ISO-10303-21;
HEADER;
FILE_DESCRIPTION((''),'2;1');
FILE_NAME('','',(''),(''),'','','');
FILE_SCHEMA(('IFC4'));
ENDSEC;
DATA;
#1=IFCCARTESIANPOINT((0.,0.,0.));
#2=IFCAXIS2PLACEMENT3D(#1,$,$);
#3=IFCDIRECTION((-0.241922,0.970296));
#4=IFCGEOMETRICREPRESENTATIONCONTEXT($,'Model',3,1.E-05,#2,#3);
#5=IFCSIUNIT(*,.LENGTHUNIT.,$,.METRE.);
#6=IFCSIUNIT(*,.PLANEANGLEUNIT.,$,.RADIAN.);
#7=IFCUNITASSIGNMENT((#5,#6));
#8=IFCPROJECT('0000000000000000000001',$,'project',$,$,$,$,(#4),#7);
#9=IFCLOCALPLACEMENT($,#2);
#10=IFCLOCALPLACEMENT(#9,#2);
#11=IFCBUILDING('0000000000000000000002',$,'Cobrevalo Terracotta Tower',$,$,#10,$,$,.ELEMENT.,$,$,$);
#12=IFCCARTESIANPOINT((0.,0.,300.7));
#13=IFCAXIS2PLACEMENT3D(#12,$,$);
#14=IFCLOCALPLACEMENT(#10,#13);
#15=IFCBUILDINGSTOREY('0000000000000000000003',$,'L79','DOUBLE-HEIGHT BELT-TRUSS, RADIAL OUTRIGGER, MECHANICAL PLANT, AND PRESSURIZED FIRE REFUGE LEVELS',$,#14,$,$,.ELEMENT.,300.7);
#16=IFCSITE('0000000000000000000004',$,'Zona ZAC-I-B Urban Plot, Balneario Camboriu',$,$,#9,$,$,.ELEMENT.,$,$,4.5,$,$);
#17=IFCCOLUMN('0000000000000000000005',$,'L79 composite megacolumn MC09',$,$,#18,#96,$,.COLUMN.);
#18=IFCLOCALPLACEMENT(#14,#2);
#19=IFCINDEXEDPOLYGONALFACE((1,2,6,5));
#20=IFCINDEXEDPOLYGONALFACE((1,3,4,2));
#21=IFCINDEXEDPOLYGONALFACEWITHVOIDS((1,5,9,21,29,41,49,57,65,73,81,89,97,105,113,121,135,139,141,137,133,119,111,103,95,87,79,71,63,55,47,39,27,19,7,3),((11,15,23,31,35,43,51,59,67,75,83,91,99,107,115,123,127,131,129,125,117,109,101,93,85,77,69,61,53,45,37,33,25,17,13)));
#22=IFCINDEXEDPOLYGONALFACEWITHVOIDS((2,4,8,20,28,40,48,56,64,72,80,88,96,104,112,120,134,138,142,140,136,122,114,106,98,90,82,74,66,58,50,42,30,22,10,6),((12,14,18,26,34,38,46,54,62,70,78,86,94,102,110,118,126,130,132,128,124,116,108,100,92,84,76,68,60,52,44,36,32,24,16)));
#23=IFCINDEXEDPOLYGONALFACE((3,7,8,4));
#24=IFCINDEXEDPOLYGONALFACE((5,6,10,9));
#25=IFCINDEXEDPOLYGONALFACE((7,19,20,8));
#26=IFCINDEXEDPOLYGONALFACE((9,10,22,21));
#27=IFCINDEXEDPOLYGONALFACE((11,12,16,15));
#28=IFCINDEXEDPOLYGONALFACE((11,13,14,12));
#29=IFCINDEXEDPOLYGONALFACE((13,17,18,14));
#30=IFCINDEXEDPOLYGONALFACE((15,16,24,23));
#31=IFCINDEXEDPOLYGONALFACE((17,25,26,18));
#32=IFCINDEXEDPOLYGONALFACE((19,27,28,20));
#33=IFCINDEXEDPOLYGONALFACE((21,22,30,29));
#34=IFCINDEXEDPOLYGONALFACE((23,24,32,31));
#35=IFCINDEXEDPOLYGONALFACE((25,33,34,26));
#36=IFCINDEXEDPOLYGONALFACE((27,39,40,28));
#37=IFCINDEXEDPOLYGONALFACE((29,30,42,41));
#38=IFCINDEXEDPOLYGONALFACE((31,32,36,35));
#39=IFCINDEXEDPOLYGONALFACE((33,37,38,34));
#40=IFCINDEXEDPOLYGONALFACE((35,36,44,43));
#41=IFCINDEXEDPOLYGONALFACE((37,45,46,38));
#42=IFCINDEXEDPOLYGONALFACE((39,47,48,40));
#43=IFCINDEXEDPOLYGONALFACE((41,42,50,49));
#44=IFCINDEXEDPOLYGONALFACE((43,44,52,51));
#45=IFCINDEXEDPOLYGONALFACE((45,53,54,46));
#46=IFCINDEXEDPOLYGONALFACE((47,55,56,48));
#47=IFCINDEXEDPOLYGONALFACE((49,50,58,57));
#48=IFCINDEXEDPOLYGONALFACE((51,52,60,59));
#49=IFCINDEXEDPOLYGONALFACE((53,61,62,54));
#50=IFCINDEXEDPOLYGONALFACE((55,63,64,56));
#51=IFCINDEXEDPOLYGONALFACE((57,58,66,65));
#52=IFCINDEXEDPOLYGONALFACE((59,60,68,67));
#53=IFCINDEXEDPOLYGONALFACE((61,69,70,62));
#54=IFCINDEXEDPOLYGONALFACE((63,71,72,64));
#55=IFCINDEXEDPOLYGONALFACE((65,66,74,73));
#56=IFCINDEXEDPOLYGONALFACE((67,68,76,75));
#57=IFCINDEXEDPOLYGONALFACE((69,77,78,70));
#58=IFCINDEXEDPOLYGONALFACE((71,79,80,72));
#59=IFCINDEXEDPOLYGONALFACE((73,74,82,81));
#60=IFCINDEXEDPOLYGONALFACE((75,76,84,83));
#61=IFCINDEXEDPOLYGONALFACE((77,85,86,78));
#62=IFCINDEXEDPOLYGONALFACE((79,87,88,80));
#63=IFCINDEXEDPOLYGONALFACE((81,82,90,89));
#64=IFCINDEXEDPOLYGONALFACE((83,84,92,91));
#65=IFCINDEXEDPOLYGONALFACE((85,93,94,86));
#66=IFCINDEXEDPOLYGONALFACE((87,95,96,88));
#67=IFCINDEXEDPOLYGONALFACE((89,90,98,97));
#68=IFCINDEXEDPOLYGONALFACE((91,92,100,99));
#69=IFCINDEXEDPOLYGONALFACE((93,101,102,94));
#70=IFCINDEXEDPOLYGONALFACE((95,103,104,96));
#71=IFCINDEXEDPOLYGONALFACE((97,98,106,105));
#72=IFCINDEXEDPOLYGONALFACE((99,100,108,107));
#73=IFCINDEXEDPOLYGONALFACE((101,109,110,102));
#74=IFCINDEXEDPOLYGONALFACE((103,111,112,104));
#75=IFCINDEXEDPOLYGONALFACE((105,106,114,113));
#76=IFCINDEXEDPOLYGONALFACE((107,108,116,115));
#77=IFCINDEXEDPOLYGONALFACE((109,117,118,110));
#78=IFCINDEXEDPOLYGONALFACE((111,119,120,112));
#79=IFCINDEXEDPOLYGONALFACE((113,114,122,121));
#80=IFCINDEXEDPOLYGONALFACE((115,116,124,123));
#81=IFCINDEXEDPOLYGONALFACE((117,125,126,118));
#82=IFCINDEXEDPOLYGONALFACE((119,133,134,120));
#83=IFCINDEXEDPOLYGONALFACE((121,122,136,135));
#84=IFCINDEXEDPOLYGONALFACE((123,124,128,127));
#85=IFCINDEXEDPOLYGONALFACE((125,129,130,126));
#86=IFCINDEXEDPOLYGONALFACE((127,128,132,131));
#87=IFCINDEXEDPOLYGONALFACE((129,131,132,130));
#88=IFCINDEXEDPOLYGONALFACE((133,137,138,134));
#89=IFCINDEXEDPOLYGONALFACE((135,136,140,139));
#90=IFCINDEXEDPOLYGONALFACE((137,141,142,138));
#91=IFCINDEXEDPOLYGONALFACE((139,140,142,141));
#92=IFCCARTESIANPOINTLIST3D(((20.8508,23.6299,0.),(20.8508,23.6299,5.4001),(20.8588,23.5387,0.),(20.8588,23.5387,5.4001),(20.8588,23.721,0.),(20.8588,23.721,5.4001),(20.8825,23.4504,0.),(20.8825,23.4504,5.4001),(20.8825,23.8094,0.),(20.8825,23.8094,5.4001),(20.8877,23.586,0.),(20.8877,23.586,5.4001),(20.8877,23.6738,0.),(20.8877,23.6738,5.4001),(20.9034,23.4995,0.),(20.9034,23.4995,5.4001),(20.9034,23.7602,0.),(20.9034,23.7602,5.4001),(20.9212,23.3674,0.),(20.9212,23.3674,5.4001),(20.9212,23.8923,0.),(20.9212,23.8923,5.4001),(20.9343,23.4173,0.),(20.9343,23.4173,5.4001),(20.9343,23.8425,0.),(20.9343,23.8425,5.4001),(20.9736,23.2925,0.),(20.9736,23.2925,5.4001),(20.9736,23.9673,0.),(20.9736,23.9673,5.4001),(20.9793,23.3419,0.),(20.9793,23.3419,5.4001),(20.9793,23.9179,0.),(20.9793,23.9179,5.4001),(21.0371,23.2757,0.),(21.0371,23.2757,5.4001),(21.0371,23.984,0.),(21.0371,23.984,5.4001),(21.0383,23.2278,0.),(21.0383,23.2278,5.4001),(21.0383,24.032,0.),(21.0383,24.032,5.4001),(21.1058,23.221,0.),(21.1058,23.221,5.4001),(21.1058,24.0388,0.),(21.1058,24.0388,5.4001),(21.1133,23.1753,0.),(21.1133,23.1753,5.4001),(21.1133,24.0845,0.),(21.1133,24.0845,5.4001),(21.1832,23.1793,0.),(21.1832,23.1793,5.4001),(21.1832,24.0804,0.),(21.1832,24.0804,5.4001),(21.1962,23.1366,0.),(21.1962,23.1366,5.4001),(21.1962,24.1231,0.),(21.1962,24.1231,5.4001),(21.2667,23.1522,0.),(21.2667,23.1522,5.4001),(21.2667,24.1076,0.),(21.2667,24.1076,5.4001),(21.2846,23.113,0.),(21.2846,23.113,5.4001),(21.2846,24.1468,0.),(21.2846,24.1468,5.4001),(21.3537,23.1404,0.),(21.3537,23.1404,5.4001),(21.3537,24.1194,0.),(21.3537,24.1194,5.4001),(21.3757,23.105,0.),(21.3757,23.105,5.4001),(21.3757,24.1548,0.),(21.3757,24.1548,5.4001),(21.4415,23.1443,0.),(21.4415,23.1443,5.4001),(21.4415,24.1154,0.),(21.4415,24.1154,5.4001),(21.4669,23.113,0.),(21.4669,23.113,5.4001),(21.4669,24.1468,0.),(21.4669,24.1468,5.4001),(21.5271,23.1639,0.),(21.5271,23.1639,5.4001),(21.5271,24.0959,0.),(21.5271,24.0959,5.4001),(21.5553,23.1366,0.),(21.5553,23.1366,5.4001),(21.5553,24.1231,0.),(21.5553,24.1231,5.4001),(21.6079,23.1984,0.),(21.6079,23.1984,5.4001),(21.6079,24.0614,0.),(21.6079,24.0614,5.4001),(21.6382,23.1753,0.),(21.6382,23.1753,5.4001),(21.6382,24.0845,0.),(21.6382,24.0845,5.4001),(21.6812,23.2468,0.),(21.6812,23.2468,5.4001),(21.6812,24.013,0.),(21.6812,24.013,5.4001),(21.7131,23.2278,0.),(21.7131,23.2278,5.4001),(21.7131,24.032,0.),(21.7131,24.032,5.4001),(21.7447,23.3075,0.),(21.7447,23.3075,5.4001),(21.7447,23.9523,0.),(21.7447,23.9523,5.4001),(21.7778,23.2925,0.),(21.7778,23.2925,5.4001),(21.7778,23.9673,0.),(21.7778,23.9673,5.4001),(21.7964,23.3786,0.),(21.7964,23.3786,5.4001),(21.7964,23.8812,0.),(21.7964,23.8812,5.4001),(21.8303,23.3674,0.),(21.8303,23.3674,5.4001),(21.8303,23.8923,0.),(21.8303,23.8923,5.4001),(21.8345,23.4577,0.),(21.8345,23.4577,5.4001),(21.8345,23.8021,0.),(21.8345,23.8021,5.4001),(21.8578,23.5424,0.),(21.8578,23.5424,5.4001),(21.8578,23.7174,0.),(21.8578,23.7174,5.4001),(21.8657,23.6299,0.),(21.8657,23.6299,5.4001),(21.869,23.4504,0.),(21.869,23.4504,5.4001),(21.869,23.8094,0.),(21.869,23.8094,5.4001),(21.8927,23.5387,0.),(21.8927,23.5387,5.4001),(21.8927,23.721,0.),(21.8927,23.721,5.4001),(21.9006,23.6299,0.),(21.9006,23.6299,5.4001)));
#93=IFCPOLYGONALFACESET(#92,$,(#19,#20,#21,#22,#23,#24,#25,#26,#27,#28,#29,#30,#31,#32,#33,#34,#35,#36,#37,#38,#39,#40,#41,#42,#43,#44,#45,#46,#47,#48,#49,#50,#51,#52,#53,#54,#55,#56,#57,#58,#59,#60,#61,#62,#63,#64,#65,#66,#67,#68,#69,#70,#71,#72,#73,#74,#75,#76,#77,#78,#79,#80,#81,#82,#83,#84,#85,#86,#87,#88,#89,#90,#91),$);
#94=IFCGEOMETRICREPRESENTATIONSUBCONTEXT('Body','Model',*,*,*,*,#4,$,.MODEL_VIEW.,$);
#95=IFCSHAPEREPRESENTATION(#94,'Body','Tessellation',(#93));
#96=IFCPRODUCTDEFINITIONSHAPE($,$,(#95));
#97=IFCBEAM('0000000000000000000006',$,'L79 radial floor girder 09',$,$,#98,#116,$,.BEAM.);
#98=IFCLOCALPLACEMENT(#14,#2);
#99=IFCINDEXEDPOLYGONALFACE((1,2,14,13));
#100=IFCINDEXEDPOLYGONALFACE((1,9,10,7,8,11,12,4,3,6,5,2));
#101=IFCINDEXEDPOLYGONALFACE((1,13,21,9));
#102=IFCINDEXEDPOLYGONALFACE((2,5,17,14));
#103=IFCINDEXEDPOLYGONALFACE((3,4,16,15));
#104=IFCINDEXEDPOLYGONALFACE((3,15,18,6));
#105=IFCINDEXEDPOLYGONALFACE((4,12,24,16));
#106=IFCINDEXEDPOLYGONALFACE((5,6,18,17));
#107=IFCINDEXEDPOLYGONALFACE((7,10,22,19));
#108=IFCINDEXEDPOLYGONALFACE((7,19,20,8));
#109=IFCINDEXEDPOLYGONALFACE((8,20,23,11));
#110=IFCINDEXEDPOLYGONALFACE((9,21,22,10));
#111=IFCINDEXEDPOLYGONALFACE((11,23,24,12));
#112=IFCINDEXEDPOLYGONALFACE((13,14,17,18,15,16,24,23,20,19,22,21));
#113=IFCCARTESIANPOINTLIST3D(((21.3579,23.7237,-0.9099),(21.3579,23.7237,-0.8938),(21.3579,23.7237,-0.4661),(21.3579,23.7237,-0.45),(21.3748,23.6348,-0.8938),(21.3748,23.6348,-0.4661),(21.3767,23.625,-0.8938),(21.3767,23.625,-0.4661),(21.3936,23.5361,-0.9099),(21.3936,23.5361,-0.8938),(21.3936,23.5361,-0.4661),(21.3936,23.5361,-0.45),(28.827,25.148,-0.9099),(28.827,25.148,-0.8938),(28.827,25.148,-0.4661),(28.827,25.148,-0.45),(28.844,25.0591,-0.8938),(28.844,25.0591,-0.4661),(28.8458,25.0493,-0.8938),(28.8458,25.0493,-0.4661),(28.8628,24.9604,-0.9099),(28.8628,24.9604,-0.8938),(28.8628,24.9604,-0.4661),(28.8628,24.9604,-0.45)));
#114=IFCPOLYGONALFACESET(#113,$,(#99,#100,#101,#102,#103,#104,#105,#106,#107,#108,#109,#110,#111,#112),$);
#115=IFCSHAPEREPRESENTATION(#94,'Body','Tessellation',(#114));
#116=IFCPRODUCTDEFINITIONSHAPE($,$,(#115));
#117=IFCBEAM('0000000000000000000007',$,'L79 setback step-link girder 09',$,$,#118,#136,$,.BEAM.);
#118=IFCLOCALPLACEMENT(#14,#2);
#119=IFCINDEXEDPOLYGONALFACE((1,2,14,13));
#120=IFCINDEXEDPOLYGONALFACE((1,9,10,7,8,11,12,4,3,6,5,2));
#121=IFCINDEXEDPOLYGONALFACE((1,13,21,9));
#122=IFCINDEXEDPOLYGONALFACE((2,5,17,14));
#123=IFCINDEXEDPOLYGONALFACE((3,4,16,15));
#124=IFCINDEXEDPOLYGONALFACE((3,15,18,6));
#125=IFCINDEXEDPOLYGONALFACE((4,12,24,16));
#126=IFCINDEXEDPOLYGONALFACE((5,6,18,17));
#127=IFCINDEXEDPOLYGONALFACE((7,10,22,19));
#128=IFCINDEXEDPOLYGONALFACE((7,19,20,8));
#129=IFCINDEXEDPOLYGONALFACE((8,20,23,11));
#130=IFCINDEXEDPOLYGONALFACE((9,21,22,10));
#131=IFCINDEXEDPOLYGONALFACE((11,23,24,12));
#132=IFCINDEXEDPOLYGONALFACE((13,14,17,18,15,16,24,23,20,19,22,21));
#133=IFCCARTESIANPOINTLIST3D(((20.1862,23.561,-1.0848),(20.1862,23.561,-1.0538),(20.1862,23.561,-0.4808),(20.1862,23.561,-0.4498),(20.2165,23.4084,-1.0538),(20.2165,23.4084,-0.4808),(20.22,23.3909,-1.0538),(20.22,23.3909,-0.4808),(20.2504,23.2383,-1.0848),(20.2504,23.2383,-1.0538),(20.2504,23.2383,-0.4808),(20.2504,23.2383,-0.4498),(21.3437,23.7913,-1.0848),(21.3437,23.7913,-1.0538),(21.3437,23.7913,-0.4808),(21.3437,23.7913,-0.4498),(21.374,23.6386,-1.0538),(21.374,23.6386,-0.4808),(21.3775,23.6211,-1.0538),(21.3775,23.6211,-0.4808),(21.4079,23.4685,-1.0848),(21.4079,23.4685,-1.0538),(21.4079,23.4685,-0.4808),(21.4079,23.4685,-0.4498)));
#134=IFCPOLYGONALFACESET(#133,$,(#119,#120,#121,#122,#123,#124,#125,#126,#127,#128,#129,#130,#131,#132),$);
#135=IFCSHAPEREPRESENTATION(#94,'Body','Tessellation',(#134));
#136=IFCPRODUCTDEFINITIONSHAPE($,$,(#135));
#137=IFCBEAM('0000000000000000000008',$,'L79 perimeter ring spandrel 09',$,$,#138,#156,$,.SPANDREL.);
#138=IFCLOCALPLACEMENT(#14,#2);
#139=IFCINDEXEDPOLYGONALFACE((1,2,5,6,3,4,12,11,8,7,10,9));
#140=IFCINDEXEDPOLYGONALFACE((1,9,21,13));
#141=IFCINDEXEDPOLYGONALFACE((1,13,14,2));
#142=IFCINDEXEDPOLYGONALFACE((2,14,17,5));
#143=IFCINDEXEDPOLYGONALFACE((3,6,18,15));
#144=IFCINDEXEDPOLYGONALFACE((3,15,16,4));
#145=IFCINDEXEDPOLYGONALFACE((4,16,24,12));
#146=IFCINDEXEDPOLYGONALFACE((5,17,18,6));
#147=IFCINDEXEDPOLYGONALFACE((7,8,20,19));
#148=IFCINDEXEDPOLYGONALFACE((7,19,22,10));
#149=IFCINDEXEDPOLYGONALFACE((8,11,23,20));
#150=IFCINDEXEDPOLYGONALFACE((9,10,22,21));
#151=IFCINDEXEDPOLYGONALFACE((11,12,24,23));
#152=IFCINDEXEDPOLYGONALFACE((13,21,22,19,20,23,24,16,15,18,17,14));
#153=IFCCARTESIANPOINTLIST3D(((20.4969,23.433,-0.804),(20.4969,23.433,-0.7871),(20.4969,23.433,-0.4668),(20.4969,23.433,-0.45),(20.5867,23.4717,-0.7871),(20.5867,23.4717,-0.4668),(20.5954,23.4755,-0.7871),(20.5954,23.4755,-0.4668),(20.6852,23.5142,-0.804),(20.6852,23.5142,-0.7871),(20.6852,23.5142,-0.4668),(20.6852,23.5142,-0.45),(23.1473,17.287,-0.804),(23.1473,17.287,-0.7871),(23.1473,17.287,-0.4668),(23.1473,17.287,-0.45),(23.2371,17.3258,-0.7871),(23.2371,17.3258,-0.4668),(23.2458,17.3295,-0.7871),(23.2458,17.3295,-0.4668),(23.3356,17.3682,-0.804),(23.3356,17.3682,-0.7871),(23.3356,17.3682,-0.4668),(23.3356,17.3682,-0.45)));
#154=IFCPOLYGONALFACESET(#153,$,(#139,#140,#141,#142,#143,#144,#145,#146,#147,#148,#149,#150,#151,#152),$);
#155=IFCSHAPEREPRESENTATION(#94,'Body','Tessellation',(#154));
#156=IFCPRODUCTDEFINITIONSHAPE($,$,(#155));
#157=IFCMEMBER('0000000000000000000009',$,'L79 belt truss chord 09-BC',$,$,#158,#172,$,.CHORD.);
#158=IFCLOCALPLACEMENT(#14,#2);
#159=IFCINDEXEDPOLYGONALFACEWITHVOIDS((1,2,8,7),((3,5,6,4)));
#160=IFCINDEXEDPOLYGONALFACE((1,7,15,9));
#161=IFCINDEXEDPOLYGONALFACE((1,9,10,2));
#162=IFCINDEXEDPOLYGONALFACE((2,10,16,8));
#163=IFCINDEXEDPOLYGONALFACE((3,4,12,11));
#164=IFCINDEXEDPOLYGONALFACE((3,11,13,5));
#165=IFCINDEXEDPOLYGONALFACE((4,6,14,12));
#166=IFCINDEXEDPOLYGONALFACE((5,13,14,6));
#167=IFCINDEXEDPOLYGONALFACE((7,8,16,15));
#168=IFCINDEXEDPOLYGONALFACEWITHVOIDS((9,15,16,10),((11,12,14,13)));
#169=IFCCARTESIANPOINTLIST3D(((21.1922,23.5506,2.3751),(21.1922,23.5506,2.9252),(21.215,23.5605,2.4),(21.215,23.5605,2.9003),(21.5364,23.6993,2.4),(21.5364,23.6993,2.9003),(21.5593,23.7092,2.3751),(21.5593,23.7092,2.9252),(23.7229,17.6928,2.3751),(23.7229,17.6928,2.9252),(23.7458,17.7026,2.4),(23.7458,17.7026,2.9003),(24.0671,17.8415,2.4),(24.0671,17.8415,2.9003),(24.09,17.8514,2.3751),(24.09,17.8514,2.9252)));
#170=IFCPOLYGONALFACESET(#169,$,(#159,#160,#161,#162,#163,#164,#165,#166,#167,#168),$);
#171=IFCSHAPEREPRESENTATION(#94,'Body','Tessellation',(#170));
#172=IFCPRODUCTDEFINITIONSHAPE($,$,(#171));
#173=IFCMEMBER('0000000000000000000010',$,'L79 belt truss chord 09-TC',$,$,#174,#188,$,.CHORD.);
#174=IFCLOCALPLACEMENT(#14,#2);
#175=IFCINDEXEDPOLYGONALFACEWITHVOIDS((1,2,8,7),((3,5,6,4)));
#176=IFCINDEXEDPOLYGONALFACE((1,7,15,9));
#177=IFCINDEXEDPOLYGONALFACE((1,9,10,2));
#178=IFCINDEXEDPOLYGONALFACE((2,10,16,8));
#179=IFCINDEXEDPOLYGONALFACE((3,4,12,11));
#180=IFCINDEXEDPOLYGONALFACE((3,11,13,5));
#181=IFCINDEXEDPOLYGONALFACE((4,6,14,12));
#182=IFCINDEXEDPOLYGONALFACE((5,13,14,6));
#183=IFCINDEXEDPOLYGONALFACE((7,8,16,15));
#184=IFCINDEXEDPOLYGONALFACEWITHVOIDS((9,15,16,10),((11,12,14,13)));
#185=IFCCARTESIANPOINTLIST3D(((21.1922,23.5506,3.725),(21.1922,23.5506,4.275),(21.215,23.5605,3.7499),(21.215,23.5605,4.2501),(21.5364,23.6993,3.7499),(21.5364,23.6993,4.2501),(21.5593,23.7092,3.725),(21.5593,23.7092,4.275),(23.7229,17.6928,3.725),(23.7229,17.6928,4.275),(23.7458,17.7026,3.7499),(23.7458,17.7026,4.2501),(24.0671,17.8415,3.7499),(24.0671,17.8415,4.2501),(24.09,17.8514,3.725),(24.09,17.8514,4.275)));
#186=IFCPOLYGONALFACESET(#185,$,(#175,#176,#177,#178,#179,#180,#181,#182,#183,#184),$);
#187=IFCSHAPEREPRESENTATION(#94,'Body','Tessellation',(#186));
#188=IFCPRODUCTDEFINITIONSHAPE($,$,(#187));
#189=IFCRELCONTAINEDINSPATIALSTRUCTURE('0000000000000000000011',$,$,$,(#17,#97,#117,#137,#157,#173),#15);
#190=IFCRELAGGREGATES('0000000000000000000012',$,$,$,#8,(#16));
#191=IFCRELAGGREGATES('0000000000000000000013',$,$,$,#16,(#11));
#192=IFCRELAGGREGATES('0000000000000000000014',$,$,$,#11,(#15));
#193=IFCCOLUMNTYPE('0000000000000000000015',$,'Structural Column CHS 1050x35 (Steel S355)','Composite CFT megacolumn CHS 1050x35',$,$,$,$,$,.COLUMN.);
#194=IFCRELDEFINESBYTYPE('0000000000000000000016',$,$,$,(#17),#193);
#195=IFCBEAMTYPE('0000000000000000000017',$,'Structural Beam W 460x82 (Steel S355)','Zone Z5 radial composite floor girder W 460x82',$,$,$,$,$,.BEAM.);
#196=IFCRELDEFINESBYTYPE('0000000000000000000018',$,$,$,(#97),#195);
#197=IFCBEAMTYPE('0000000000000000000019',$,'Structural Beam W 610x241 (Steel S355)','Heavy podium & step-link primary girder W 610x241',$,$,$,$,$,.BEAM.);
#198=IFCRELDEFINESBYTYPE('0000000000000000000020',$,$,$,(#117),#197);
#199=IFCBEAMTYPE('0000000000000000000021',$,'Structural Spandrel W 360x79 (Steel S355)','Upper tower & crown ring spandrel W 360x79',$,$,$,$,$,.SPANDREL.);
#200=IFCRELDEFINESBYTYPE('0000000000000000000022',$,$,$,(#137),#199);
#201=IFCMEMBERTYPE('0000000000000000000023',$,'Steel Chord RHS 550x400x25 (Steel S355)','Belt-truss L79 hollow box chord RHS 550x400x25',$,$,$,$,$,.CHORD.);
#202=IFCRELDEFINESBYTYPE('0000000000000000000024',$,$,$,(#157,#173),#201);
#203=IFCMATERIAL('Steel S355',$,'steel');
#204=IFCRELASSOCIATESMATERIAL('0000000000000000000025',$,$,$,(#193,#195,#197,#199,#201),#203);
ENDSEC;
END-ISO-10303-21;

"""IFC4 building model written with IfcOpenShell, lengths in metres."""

from ifc_helpers import new_model, si_unit, direction, frame, origin, origin_2d, place, context, subcontext, project, spatial, hollow_rectangle, hollow_circle, i_section, extrude, source, transform, mapped, material, material_profile, profile_set, type_object, element, save


model = new_model("IFC4")

# Units and contexts
model_context = context("Model", 3, precision=1e-05, world=origin(), true_north=direction((-0.241922, 0.970296)))
body_context = subcontext(model_context, "Body", "Model", "MODEL_VIEW")
ifc_project = project(units=[si_unit("LENGTHUNIT", "METRE"), si_unit("PLANEANGLEUNIT", "RADIAN")], contexts=[model_context])

# Site, building, storey
site_placement = place(None, origin())
site = spatial("IfcSite", under=ifc_project, at=site_placement, Name="Zona ZAC-I-B Urban Plot, Balneario Camboriu", CompositionType="ELEMENT", RefElevation=4.5)
building_placement = place(site_placement, origin())
building = spatial("IfcBuilding", under=site, at=building_placement, Name="Cobrevalo Terracotta Tower", CompositionType="ELEMENT")
storey_placement = place(building_placement, frame((0.0, 0.0, 300.7)))
storey = spatial("IfcBuildingStorey", under=building, at=storey_placement, Name="L79", Description="DOUBLE-HEIGHT BELT-TRUSS, RADIAL OUTRIGGER, MECHANICAL PLANT, AND PRESSURIZED FIRE REFUGE LEVELS", CompositionType="ELEMENT", Elevation=300.7)

# Column
ifc_material_1 = material(Name="Steel S355", Category="steel")
ifc_material_profile_1 = material_profile(ifc_material_1, hollow_circle(Radius=0.5249, WallThickness=0.0349, at=origin_2d()), Name="CHS 1050x35")
ifc_profile_set_1 = profile_set([ifc_material_profile_1], Name="Steel S355")
column_type = type_object("IfcColumnType", Name="Structural Column CHS 1050x35 (Steel S355)", Description="Composite CFT megacolumn CHS 1050x35", PredefinedType="COLUMN", material=ifc_profile_set_1)
column_placement = place(storey_placement, frame((21.3757, 23.6299, 0.0), z_axis=(0.0, 0.0, 1.0), x_axis=(1.0, 0.0, 0.0)))
element("IfcColumn", 1, at=column_placement, inside=storey, type_object=column_type, Name="L79 composite megacolumn MC09", PredefinedType="COLUMN", context=body_context, shape_type="SweptSolid", body=[
    extrude(hollow_circle(Radius=0.5249, WallThickness=0.0349, at=origin_2d()), origin(), (0.0, 0.0, 1.0), 5.4001),
])

# Beams
ifc_material_profile_2 = material_profile(ifc_material_1, i_section(OverallWidth=0.1909, OverallDepth=0.46, WebThickness=0.01, FlangeThickness=0.0161, at=origin_2d()), Name="W 460x82")
ifc_profile_set_2 = profile_set([ifc_material_profile_2], Name="Steel S355")
beam_type_1 = type_object("IfcBeamType", Name="Structural Beam W 460x82 (Steel S355)", Description="Zone Z5 radial composite floor girder W 460x82", PredefinedType="BEAM", material=ifc_profile_set_2)
beam_1_placement = place(storey_placement, frame((21.3757, 23.6299, -0.6799), z_axis=(0.9823, 0.187316, 0.0), x_axis=(-0.187316, 0.9823, 0.0)))
element("IfcBeam", 2, at=beam_1_placement, inside=storey, type_object=beam_type_1, Name="L79 radial floor girder 09", PredefinedType="BEAM", context=body_context, shape_type="SweptSolid", body=[
    extrude(i_section(OverallWidth=0.1909, OverallDepth=0.46, WebThickness=0.01, FlangeThickness=0.0161, at=origin_2d()), origin(), (0.0, 0.0, 1.0), 7.6038),
])
ifc_material_profile_3 = material_profile(ifc_material_1, i_section(OverallWidth=0.3291, OverallDepth=0.635, WebThickness=0.0178, FlangeThickness=0.031, at=origin_2d()), Name="W 610x241")
ifc_profile_set_3 = profile_set([ifc_material_profile_3], Name="Steel S355")
beam_type_2 = type_object("IfcBeamType", Name="Structural Beam W 610x241 (Steel S355)", Description="Heavy podium & step-link primary girder W 610x241", PredefinedType="BEAM", material=ifc_profile_set_3)
beam_2_placement = place(storey_placement, frame((20.2183, 23.3997, -0.7673), z_axis=(0.980787, 0.195082, 0.0), x_axis=(-0.195082, 0.980787, 0.0)))
element("IfcBeam", 3, at=beam_2_placement, inside=storey, type_object=beam_type_2, Name="L79 setback step-link girder 09", PredefinedType="BEAM", context=body_context, shape_type="SweptSolid", body=[
    extrude(i_section(OverallWidth=0.3291, OverallDepth=0.635, WebThickness=0.0178, FlangeThickness=0.031, at=origin_2d()), origin(), (0.0, 0.0, 1.0), 1.1802),
])
ifc_material_profile_4 = material_profile(ifc_material_1, i_section(OverallWidth=0.2051, OverallDepth=0.354, WebThickness=0.0095, FlangeThickness=0.0168, at=origin_2d()), Name="W 360x79")
ifc_profile_set_4 = profile_set([ifc_material_profile_4], Name="Steel S355")
beam_type_3 = type_object("IfcBeamType", Name="Structural Spandrel W 360x79 (Steel S355)", Description="Upper tower & crown ring spandrel W 360x79", PredefinedType="SPANDREL", material=ifc_profile_set_4)
beam_3_placement = place(storey_placement, frame((20.5911, 23.4736, -0.627), z_axis=(0.395987, -0.918256, 0.0), x_axis=(0.918256, 0.395987, 0.0)))
element("IfcBeam", 4, at=beam_3_placement, inside=storey, type_object=beam_type_3, Name="L79 perimeter ring spandrel 09", PredefinedType="SPANDREL", context=body_context, shape_type="SweptSolid", body=[
    extrude(i_section(OverallWidth=0.2051, OverallDepth=0.354, WebThickness=0.0095, FlangeThickness=0.0168, at=origin_2d()), origin(), (0.0, 0.0, 1.0), 6.6931),
])

# Members
ifc_material_profile_5 = material_profile(ifc_material_1, hollow_rectangle(XDim=0.3999, YDim=0.55, WallThickness=0.0249, at=origin_2d()), Name="RHS 550x400x25")
ifc_profile_set_5 = profile_set([ifc_material_profile_5], Name="Steel S355")
member_type_1 = type_object("IfcMemberType", Name="Steel Chord RHS 550x400x25 (Steel S355)", Description="Belt-truss L79 hollow box chord RHS 550x400x25", PredefinedType="CHORD", material=ifc_profile_set_5)
shared_shape_1 = source(origin(), body_context, "Body", "SweptSolid", [
    extrude(hollow_rectangle(XDim=0.3999, YDim=0.55, WallThickness=0.0249, at=origin_2d()), origin(), (0.0, 0.0, 1.0), 6.3811),
])
for number, where, z_axis, x_axis, name in (
    (5, (21.3757, 23.6299, 2.6501), (0.396596, -0.917993, 0.0), (0.917993, 0.396596, 0.0), "L79 belt truss chord 09-BC"),
    (6, (21.3757, 23.6299, 4.0), (0.396596, -0.917993, 0.0), (0.917993, 0.396596, 0.0), "L79 belt truss chord 09-TC"),
):
    element("IfcMember", number, at=place(storey_placement, frame(where, z_axis=z_axis, x_axis=x_axis)), inside=storey, type_object=member_type_1, Name=name, PredefinedType="CHORD", context=body_context, shape_type="MappedRepresentation", body=[
        mapped(shared_shape_1, transform((0.0, 0.0, 0.0), scale=1.0)),
    ])

save(model, "model.ifc")
